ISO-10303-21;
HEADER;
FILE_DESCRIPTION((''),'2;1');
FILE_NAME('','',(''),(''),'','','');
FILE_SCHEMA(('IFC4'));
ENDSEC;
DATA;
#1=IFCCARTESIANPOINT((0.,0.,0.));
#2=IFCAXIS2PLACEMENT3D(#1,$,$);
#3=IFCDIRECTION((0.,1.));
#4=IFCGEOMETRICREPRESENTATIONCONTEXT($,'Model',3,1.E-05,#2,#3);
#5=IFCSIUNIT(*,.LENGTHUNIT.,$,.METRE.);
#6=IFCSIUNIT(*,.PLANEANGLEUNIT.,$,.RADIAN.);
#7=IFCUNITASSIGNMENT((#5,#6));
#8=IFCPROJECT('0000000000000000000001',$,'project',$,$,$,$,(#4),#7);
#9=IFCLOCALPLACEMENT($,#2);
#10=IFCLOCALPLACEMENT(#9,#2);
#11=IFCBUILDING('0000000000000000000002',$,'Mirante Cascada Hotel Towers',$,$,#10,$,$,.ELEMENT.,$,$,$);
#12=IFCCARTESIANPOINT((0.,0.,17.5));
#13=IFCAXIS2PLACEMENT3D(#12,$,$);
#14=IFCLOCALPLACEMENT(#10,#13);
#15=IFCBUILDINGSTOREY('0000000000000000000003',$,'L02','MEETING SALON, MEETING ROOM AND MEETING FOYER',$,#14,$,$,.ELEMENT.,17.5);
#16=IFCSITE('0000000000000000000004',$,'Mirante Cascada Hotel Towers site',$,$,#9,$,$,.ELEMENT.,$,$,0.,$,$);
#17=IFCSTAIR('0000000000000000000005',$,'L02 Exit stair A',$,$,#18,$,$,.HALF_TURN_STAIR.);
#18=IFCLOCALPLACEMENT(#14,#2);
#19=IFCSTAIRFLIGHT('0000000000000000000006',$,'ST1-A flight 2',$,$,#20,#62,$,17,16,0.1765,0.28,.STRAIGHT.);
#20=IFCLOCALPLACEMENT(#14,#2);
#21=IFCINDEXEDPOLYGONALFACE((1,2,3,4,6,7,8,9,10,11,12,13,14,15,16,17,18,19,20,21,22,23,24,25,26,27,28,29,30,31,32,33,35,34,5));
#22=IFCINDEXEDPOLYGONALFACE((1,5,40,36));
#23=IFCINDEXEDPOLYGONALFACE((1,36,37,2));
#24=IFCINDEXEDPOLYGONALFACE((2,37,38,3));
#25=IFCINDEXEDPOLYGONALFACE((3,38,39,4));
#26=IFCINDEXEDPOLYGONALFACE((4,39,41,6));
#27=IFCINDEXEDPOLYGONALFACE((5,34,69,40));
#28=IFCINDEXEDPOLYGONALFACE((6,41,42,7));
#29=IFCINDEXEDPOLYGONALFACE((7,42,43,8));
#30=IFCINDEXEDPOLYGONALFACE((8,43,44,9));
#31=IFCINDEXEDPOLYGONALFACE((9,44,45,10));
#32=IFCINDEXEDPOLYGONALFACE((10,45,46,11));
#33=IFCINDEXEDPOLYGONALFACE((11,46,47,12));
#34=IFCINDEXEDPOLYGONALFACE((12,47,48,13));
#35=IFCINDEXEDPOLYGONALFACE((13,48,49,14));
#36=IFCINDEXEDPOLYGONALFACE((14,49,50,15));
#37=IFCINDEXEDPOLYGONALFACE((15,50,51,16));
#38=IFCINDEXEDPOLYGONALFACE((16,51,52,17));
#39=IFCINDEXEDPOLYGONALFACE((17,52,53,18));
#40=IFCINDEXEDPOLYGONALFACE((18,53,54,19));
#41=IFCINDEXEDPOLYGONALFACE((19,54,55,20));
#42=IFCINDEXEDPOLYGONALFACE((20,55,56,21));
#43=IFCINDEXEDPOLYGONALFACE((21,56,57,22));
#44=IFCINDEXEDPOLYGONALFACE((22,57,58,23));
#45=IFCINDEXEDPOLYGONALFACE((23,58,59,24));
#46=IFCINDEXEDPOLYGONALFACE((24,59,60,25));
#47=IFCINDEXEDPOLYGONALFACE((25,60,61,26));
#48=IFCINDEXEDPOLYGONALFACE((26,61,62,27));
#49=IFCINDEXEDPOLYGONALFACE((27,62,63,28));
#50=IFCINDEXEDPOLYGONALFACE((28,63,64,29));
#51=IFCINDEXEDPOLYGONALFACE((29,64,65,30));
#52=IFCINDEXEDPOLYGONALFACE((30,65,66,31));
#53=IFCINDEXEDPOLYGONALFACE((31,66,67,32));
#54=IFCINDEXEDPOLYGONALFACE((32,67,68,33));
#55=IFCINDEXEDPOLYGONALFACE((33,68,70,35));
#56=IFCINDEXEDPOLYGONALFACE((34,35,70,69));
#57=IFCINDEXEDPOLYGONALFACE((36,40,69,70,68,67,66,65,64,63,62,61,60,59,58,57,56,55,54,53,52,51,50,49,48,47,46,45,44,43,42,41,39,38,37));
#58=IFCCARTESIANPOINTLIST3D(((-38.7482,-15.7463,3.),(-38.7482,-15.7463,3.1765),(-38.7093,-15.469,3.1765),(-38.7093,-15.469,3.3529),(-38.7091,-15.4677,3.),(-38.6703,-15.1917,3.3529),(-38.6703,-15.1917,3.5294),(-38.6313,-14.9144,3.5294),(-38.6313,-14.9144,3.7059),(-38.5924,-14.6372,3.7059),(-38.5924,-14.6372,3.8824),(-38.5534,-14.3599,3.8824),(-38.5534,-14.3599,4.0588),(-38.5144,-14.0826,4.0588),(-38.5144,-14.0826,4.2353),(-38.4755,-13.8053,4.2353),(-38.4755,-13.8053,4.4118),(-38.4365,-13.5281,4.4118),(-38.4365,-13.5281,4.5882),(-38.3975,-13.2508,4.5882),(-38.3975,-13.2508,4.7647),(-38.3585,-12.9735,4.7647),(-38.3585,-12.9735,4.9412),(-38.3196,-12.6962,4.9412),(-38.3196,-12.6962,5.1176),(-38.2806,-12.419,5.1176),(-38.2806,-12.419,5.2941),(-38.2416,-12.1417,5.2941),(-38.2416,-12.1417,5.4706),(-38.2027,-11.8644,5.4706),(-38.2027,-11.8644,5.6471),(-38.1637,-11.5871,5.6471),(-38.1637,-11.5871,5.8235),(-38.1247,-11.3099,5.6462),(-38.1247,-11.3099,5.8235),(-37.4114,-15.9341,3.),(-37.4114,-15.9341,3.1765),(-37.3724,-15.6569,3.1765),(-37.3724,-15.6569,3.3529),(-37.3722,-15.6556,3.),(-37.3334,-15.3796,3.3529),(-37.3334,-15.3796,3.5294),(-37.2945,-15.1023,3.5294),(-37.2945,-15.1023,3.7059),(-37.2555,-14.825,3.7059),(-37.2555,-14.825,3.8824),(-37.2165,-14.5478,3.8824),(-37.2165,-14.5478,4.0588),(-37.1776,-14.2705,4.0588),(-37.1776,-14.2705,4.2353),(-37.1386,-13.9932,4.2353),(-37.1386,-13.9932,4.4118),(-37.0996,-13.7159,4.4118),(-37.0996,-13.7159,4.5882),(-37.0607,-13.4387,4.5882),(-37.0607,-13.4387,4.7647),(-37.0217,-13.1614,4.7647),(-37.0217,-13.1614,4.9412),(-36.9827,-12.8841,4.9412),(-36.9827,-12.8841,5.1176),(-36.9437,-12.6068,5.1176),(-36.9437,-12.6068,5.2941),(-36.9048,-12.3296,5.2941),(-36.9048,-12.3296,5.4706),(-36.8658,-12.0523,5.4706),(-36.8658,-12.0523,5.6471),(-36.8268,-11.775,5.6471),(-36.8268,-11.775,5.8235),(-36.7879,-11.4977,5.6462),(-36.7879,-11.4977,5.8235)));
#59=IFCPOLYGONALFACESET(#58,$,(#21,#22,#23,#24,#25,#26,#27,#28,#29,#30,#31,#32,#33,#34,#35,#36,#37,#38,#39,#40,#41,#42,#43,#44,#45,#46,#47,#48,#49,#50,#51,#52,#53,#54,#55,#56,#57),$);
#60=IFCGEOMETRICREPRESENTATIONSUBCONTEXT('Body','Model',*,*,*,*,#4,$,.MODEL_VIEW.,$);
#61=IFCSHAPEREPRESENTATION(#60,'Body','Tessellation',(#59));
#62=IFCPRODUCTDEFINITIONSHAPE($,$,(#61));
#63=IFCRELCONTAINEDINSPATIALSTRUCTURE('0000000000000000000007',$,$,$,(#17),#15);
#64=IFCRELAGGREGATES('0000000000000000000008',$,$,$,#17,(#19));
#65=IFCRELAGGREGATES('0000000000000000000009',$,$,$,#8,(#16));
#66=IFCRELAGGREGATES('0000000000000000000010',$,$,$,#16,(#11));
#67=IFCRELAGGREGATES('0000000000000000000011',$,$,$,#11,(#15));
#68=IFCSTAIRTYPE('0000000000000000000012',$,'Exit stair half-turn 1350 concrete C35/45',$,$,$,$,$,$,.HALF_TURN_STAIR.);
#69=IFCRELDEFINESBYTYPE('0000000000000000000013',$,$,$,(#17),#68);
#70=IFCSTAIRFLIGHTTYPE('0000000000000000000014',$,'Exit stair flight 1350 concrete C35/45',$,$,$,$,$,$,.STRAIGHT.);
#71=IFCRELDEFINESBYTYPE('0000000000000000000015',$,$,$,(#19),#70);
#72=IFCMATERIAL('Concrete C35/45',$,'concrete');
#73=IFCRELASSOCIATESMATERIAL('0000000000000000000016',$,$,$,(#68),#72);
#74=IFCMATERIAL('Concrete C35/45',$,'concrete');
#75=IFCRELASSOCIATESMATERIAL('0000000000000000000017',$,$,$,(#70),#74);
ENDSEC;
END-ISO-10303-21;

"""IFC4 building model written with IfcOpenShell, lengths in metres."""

from ifc_helpers import new_model, si_unit, direction, frame, origin, place, context, subcontext, project, spatial, polyline, outline, extrude, material, type_object, element, aggregate, save


model = new_model("IFC4")

# Units and contexts
model_context = context("Model", 3, precision=1e-05, world=origin(), true_north=direction((0.0, 1.0)))
body_context = subcontext(model_context, "Body", "Model", "MODEL_VIEW")
ifc_project = project(units=[si_unit("LENGTHUNIT", "METRE"), si_unit("PLANEANGLEUNIT", "RADIAN")], contexts=[model_context])

# Site, building, storey
site_placement = place(None, origin())
site = spatial("IfcSite", under=ifc_project, at=site_placement, Name="Mirante Cascada Hotel Towers site", CompositionType="ELEMENT", RefElevation=0.0)
building_placement = place(site_placement, origin())
building = spatial("IfcBuilding", under=site, at=building_placement, Name="Mirante Cascada Hotel Towers", CompositionType="ELEMENT")
storey_placement = place(building_placement, frame((0.0, 0.0, 17.5)))
storey = spatial("IfcBuildingStorey", under=building, at=storey_placement, Name="L02", Description="MEETING SALON, MEETING ROOM AND MEETING FOYER", CompositionType="ELEMENT", Elevation=17.5)

# Stair, stair flight
ifc_material_1 = material(Name="Concrete C35/45", Category="concrete")
stair_type = type_object("IfcStairType", Name="Exit stair half-turn 1350 concrete C35/45", PredefinedType="HALF_TURN_STAIR", material=ifc_material_1)
stair_placement = place(storey_placement, origin())
stair = element("IfcStair", 1, at=stair_placement, inside=storey, type_object=stair_type, Name="L02 Exit stair A", PredefinedType="HALF_TURN_STAIR")
ifc_material_2 = material(Name="Concrete C35/45", Category="concrete")
stair_flight_type = type_object("IfcStairFlightType", Name="Exit stair flight 1350 concrete C35/45", PredefinedType="STRAIGHT", material=ifc_material_2)
stair_flight_placement = place(storey_placement, frame((-38.0798, -15.8402, 3.0), z_axis=(0.0, 0.0, 1.0), x_axis=(0.139173, 0.990268, 0.0)))
stair_flight = element("IfcStairFlight", 2, at=stair_flight_placement, type_object=stair_flight_type, Name="ST1-A flight 2", NumberOfRisers=17, NumberOfTreads=16, PredefinedType="STRAIGHT", RiserHeight=0.1765, TreadLength=0.28, context=body_context, shape_type="SweptSolid", body=[
    extrude(outline(polyline([(0.0, 0.0), (0.0, 0.1765), (0.28, 0.1765), (0.28, 0.3529), (0.56, 0.3529), (0.56, 0.5294), (0.84, 0.5294), (0.84, 0.7059), (1.12, 0.7059), (1.12, 0.8824), (1.4, 0.8824), (1.4, 1.0588), (1.68, 1.0588), (1.68, 1.2353), (1.96, 1.2353), (1.96, 1.4118), (2.24, 1.4118), (2.24, 1.5882), (2.52, 1.5882), (2.52, 1.7647), (2.8, 1.7647), (2.8, 1.9412), (3.08, 1.9412), (3.08, 2.1176), (3.36, 2.1176), (3.36, 2.2941), (3.64, 2.2941), (3.64, 2.4706), (3.92, 2.4706), (3.92, 2.6471), (4.2, 2.6471), (4.2, 2.8235), (4.48, 2.8235), (4.48, 3.0), (4.48, 2.6462), (0.2813, 0.0), (0.0, 0.0)])), frame((0.0, 0.675, 0.0), z_axis=(0.0, -1.0, 0.0), x_axis=(1.0, 0.0, 0.0)), (0.0, 0.0, 1.0), 1.35),
])
aggregate(stair, [stair_flight])

save(model, "model.ifc")
